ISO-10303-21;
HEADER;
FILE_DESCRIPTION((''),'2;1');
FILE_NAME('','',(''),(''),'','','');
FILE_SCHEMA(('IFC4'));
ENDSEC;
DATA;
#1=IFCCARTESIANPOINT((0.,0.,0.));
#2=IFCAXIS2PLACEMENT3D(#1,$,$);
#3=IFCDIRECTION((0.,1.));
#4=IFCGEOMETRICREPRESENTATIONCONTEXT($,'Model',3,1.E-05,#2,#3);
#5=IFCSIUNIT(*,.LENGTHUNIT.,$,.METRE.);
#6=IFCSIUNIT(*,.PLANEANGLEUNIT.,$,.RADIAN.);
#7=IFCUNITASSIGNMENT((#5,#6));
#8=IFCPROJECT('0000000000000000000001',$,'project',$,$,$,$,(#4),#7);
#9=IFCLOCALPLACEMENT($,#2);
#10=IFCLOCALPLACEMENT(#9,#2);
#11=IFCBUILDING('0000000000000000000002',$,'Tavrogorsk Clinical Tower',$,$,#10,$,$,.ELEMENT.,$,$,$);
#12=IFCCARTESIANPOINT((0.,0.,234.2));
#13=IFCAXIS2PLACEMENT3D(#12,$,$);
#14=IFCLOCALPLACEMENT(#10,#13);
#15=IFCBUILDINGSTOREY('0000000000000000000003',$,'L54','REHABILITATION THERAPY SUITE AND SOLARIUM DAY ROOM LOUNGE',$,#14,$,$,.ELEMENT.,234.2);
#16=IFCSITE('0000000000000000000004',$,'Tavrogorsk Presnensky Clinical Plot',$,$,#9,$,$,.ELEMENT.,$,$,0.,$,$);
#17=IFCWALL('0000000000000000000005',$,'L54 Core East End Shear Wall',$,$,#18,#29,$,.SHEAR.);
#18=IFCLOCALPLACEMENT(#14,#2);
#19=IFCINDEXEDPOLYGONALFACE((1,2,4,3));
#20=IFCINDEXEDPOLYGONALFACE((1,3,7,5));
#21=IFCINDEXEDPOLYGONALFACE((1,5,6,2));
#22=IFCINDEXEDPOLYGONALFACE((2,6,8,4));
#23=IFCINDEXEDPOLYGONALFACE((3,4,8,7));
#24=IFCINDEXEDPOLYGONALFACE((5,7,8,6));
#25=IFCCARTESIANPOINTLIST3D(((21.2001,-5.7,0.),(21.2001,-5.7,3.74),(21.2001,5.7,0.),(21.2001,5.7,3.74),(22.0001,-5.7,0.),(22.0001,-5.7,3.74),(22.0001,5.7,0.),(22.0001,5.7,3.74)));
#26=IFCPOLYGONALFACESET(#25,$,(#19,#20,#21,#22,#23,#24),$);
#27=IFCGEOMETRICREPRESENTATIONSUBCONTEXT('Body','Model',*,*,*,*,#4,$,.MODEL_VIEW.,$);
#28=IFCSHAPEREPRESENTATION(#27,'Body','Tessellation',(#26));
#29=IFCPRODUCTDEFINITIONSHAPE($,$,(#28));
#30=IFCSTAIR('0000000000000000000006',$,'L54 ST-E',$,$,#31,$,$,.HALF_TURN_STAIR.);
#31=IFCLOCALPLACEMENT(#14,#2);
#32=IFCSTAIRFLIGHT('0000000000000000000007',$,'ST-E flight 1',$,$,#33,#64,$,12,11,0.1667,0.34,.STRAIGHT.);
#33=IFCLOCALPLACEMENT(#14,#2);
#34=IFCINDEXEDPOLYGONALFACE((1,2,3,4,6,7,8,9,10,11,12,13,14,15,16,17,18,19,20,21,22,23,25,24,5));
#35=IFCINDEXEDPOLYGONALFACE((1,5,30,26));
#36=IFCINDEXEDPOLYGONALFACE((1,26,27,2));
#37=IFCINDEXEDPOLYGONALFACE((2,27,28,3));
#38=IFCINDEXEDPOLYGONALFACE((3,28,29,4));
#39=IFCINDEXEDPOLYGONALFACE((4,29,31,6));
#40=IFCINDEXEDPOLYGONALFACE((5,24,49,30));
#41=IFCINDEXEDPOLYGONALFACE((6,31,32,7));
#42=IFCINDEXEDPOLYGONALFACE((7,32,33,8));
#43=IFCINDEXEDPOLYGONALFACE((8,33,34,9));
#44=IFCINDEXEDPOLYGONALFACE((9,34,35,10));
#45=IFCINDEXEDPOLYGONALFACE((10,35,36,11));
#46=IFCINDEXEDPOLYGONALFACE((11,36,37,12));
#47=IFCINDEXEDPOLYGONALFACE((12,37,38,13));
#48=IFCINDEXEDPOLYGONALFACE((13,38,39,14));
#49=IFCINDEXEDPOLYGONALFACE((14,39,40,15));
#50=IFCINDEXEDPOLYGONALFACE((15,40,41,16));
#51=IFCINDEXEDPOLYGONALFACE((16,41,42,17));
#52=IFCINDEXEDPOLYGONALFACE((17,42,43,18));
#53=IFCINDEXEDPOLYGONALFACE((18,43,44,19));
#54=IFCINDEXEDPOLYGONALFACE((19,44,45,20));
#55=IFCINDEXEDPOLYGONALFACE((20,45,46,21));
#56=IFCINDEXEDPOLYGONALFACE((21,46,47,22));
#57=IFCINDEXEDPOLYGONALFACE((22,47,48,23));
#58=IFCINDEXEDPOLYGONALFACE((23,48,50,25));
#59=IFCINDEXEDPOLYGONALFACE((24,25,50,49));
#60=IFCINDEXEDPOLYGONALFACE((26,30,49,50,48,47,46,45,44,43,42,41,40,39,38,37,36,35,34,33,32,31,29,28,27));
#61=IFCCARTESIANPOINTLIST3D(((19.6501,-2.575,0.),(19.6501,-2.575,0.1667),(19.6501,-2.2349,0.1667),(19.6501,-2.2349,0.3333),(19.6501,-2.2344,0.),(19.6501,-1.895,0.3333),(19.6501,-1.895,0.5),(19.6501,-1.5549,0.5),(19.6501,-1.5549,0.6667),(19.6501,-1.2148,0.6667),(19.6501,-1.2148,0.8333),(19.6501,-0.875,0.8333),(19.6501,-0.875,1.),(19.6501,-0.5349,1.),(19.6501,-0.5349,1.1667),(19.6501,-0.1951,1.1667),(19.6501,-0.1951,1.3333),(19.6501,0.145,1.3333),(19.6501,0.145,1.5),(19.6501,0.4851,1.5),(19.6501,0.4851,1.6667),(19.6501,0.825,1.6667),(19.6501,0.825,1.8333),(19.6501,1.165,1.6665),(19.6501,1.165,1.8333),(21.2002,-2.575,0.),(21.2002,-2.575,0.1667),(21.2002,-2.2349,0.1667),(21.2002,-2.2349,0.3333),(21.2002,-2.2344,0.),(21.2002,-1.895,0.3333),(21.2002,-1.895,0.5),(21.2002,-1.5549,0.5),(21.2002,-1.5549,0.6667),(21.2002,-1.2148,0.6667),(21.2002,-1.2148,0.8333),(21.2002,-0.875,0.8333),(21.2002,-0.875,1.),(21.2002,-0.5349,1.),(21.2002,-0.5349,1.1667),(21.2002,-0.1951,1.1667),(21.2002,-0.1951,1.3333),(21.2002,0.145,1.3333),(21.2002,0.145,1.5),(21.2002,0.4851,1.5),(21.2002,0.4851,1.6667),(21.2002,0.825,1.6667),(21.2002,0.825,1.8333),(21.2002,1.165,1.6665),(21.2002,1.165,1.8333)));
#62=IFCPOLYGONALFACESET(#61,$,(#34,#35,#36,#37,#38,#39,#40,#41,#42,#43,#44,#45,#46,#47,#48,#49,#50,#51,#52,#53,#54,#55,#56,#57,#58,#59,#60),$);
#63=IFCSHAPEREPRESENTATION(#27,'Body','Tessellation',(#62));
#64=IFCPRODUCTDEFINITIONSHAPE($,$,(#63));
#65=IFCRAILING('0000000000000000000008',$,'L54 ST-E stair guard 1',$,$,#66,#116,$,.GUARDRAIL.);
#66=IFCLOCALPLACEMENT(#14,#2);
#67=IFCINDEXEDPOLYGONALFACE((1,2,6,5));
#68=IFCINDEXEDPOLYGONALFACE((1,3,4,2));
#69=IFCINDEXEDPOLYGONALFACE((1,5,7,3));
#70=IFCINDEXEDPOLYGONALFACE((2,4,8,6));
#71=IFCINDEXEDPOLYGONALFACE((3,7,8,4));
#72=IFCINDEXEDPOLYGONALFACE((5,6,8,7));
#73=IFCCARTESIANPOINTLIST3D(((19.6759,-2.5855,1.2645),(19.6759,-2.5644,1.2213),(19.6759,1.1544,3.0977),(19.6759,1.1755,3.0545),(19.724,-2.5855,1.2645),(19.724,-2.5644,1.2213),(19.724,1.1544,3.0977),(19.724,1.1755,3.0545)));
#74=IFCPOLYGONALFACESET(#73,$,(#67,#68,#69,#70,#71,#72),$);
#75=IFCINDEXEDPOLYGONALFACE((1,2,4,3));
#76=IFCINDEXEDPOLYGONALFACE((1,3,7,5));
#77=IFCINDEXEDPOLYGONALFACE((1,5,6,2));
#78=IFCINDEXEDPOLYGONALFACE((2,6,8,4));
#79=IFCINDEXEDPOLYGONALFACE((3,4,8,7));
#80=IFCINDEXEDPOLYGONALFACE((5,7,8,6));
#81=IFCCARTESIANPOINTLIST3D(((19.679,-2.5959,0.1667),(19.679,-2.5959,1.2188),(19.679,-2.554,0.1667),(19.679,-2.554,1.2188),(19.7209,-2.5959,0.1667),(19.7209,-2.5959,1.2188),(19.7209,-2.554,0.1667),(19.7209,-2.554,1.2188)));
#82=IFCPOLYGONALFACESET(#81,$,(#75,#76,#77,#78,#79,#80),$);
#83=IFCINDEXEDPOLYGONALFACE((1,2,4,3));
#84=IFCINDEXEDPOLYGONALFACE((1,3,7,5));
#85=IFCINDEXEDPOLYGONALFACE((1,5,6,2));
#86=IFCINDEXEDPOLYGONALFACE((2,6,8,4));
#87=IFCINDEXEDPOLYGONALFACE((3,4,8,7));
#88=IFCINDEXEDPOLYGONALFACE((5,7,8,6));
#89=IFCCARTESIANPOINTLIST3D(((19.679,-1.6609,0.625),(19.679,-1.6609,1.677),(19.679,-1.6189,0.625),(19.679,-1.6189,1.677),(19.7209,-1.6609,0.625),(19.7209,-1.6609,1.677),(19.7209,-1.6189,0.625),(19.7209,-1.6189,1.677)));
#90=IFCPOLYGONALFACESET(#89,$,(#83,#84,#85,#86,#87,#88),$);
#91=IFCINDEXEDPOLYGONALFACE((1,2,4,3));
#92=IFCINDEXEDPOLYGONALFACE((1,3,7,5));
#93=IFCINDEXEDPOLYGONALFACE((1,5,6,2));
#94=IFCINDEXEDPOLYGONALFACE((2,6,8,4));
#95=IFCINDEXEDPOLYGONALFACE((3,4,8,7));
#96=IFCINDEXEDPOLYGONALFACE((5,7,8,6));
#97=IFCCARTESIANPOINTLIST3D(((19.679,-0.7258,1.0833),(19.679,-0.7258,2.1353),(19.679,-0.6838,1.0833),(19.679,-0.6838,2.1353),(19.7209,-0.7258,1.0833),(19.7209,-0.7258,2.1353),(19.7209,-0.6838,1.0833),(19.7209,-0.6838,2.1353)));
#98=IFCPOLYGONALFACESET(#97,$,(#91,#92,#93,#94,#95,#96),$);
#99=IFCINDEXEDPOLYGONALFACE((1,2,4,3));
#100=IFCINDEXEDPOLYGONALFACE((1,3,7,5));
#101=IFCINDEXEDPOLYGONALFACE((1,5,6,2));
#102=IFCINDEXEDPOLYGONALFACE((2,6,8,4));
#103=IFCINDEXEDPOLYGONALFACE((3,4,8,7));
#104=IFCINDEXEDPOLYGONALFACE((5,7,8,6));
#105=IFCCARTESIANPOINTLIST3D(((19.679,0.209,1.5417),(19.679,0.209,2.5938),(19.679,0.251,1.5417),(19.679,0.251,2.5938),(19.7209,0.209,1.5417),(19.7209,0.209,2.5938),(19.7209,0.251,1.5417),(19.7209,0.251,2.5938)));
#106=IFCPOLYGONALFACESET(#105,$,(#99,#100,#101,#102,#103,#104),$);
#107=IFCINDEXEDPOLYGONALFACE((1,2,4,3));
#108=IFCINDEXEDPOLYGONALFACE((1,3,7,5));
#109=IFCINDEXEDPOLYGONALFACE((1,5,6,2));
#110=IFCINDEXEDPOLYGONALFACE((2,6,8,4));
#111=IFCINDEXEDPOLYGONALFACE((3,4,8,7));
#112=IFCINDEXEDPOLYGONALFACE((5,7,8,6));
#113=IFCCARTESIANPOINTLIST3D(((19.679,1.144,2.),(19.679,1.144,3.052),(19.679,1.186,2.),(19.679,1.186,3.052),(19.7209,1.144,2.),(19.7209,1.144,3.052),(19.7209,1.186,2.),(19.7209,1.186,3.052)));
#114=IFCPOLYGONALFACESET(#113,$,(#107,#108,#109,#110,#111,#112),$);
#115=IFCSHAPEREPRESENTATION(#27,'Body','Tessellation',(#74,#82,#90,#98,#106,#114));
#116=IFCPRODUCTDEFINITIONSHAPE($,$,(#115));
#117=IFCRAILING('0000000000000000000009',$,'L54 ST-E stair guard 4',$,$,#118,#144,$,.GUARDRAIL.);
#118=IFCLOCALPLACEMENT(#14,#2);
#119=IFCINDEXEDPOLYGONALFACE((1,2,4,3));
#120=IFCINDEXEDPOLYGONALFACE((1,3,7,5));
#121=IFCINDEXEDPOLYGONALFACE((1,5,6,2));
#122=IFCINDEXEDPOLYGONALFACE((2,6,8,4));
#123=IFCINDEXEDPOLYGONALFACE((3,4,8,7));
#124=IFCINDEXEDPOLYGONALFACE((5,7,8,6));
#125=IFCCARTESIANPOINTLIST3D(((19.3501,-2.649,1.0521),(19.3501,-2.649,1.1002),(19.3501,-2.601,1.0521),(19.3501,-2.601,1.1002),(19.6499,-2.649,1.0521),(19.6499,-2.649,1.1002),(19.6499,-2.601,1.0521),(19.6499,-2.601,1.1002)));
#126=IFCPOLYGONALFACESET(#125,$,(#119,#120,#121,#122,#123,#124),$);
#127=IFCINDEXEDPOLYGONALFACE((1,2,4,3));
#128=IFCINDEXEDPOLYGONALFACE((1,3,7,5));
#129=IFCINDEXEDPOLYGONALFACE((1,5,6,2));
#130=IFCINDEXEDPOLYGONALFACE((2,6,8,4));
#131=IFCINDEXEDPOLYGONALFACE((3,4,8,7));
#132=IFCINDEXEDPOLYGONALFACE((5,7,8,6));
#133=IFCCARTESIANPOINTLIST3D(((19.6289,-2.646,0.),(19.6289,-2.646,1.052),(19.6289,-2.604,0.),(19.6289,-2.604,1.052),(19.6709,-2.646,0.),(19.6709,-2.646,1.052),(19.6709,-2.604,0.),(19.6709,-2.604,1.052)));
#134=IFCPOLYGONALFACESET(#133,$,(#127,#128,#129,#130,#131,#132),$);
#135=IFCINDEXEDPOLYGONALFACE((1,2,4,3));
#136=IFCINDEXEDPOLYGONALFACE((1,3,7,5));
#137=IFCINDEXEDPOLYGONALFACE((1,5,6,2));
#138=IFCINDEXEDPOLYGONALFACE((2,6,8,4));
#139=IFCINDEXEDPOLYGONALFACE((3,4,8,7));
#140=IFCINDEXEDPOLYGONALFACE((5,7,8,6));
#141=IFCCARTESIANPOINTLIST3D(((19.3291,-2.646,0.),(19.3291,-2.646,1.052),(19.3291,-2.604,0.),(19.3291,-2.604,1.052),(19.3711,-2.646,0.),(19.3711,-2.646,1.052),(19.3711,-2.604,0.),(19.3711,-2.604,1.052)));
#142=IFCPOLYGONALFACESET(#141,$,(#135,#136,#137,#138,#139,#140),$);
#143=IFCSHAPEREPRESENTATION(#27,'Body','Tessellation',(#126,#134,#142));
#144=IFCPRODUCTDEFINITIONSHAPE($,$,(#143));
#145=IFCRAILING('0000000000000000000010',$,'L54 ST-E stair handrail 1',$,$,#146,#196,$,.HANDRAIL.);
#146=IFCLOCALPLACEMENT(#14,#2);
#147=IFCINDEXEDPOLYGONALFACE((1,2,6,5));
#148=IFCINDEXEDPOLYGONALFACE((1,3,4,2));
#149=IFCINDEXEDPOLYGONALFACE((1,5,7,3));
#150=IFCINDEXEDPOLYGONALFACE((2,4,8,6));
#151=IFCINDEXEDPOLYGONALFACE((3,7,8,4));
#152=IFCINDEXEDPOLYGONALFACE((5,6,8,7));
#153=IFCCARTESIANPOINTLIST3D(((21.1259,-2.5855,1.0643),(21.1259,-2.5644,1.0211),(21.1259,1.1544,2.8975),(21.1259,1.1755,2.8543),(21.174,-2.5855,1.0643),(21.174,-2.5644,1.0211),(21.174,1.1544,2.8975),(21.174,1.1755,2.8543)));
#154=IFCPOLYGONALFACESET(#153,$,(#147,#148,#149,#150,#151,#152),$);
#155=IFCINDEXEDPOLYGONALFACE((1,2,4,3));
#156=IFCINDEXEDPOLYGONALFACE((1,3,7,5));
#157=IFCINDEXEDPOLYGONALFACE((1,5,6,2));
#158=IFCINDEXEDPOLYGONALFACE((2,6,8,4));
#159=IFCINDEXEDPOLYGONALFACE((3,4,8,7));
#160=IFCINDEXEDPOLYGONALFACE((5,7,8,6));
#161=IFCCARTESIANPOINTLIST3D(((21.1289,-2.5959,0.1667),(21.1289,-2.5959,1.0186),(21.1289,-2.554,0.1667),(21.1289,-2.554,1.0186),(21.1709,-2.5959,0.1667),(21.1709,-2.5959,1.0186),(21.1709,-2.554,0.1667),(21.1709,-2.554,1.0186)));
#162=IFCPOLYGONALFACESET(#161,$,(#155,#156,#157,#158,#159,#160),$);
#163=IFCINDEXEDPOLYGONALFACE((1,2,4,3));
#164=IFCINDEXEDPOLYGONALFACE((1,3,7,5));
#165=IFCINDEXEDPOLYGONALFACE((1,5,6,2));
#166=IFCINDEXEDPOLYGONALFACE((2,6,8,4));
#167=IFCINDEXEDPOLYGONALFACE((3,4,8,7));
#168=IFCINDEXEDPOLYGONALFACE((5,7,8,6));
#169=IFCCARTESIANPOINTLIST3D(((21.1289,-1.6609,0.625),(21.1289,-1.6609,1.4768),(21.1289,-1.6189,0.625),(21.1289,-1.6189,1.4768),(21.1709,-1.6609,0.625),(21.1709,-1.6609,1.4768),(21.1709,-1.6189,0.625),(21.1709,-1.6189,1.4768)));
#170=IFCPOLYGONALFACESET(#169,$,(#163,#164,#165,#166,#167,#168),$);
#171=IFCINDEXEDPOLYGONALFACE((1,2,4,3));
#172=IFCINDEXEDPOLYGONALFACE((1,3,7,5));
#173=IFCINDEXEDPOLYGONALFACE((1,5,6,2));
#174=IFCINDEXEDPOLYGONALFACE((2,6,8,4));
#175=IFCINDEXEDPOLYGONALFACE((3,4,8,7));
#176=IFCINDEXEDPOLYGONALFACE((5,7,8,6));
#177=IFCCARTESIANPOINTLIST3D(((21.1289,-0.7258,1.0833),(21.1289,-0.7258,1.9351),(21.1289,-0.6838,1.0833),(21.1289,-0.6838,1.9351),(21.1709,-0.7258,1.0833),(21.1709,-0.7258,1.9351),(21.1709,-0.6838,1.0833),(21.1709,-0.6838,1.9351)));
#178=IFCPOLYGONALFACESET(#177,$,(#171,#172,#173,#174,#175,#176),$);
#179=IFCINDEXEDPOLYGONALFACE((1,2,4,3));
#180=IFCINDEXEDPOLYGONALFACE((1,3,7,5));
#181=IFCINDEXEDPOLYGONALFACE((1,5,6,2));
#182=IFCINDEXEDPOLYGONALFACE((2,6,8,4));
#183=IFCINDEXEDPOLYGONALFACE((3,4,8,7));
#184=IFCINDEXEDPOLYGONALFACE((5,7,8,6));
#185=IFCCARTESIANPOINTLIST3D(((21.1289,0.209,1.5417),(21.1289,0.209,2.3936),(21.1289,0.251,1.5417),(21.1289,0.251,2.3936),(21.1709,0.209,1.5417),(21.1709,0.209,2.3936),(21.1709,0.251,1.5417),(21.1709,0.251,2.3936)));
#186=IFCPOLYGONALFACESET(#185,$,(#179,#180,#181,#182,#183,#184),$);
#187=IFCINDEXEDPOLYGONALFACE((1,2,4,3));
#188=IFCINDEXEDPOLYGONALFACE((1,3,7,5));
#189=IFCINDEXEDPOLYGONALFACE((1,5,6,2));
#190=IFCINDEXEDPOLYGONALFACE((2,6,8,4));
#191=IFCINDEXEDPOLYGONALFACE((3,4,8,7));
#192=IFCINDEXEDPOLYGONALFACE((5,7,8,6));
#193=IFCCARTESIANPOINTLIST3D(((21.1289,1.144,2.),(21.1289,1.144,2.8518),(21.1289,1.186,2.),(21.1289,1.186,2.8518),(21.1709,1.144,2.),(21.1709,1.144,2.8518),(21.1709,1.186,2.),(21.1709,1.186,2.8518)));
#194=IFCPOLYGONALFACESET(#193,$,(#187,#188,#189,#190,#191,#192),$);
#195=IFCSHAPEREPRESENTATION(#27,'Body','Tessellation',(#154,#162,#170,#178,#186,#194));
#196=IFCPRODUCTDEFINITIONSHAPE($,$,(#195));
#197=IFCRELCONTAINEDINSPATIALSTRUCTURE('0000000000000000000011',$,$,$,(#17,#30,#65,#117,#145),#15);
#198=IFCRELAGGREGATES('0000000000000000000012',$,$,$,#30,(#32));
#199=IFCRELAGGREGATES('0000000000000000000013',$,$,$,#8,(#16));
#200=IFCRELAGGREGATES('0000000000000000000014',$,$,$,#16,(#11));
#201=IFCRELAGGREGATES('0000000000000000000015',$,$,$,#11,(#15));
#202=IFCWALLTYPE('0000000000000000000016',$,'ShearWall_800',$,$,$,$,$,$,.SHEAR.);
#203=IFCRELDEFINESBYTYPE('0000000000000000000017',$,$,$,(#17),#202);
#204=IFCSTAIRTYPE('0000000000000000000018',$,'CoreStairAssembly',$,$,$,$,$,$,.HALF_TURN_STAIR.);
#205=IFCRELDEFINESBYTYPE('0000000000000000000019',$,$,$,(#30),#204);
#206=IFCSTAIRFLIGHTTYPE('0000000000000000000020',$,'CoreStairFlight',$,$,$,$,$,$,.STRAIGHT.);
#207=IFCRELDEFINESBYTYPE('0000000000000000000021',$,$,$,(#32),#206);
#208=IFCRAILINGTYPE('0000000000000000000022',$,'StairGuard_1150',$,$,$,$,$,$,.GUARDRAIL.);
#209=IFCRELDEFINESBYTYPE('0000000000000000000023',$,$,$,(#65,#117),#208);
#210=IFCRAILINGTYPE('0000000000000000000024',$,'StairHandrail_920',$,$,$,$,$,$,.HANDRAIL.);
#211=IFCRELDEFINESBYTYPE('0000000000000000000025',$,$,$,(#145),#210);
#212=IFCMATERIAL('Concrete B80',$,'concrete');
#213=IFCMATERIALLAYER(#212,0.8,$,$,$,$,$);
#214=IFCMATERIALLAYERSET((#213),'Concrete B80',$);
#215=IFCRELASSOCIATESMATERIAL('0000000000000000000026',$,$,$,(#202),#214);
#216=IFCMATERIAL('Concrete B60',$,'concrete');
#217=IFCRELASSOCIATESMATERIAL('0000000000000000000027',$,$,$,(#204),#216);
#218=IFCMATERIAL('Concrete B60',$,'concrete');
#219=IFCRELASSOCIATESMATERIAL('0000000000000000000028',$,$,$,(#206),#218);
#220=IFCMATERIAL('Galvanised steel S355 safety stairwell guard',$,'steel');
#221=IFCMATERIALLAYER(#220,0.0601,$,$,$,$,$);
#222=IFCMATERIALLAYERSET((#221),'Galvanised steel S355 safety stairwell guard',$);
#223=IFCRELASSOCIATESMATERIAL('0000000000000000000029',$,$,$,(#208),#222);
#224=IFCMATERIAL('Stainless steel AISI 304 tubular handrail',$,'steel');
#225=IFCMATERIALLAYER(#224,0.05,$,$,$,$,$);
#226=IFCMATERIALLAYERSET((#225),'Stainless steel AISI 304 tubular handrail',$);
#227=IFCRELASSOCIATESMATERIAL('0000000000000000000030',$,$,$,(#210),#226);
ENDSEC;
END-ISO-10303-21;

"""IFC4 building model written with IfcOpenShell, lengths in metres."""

from ifc_helpers import new_model, si_unit, direction, frame, frame_2d, origin, origin_2d, place, context, subcontext, project, spatial, polyline, rectangle, outline, extrude, material, layer, layer_set, type_object, element, aggregate, save


model = new_model("IFC4")

# Units and contexts
model_context = context("Model", 3, precision=1e-05, world=origin(), true_north=direction((0.0, 1.0)))
body_context = subcontext(model_context, "Body", "Model", "MODEL_VIEW")
ifc_project = project(units=[si_unit("LENGTHUNIT", "METRE"), si_unit("PLANEANGLEUNIT", "RADIAN")], contexts=[model_context])

# Site, building, storey
site_placement = place(None, origin())
site = spatial("IfcSite", under=ifc_project, at=site_placement, Name="Tavrogorsk Presnensky Clinical Plot", CompositionType="ELEMENT", RefElevation=0.0)
building_placement = place(site_placement, origin())
building = spatial("IfcBuilding", under=site, at=building_placement, Name="Tavrogorsk Clinical Tower", CompositionType="ELEMENT")
storey_placement = place(building_placement, frame((0.0, 0.0, 234.2)))
storey = spatial("IfcBuildingStorey", under=building, at=storey_placement, Name="L54", Description="REHABILITATION THERAPY SUITE AND SOLARIUM DAY ROOM LOUNGE", CompositionType="ELEMENT", Elevation=234.2)

# Wall
ifc_material_1 = material(Name="Concrete B80", Category="concrete")
ifc_layer_1 = layer(ifc_material_1, 0.8)
ifc_layer_set_1 = layer_set([ifc_layer_1], Name="Concrete B80")
wall_type_1 = type_object("IfcWallType", Name="ShearWall_800", PredefinedType="SHEAR", material=ifc_layer_set_1)
wall_1_placement = place(storey_placement, frame((21.6001, -5.7, 0.0), z_axis=(0.0, 0.0, 1.0), x_axis=(0.0, 1.0, 0.0)))
element("IfcWall", 1, at=wall_1_placement, inside=storey, type_object=wall_type_1, Name="L54 Core East End Shear Wall", PredefinedType="SHEAR", context=body_context, shape_type="SweptSolid", body=[
    extrude(rectangle(XDim=11.3999, YDim=0.8, at=frame_2d((5.7, 0.0))), origin(), (0.0, 0.0, 1.0), 3.74),
])

# Stair, stair flight
ifc_material_2 = material(Name="Concrete B60", Category="concrete")
stair_type = type_object("IfcStairType", Name="CoreStairAssembly", PredefinedType="HALF_TURN_STAIR", material=ifc_material_2)
stair_placement = place(storey_placement, origin())
stair = element("IfcStair", 2, at=stair_placement, inside=storey, type_object=stair_type, Name="L54 ST-E", PredefinedType="HALF_TURN_STAIR")
ifc_material_3 = material(Name="Concrete B60", Category="concrete")
stair_flight_type = type_object("IfcStairFlightType", Name="CoreStairFlight", PredefinedType="STRAIGHT", material=ifc_material_3)
stair_flight_placement = place(storey_placement, frame((20.425, -2.575, 0.0), z_axis=(0.0, 0.0, 1.0), x_axis=(0.0, 1.0, 0.0)))
stair_flight = element("IfcStairFlight", 3, at=stair_flight_placement, type_object=stair_flight_type, Name="ST-E flight 1", NumberOfRisers=12, NumberOfTreads=11, PredefinedType="STRAIGHT", RiserHeight=0.1667, TreadLength=0.34, context=body_context, shape_type="SweptSolid", body=[
    extrude(outline(polyline([(0.0, 0.0), (0.0, 0.1667), (0.3401, 0.1667), (0.3401, 0.3333), (0.6799, 0.3333), (0.6799, 0.5), (1.02, 0.5), (1.02, 0.6667), (1.3601, 0.6667), (1.3601, 0.8333), (1.7, 0.8333), (1.7, 1.0), (2.04, 1.0), (2.04, 1.1667), (2.3799, 1.1667), (2.3799, 1.3333), (2.72, 1.3333), (2.72, 1.5), (3.0601, 1.5), (3.0601, 1.6667), (3.3999, 1.6667), (3.3999, 1.8333), (3.74, 1.8333), (3.74, 2.0), (3.74, 1.6665), (0.3406, 0.0), (0.0, 0.0)])), frame((0.0, 0.7749, 0.0), z_axis=(0.0, -1.0, 0.0), x_axis=(1.0, 0.0, 0.0)), (0.0, 0.0, 1.0), 1.55),
])
aggregate(stair, [stair_flight])

# Railings
ifc_material_4 = material(Name="Galvanised steel S355 safety stairwell guard", Category="steel")
ifc_layer_2 = layer(ifc_material_4, 0.0601)
ifc_layer_set_2 = layer_set([ifc_layer_2], Name="Galvanised steel S355 safety stairwell guard")
railing_type_1 = type_object("IfcRailingType", Name="StairGuard_1150", PredefinedType="GUARDRAIL", material=ifc_layer_set_2)
railing_1_placement = place(storey_placement, frame((19.7, -2.575, 0.1667)))
element("IfcRailing", 4, at=railing_1_placement, inside=storey, type_object=railing_type_1, Name="L54 ST-E stair guard 1", PredefinedType="GUARDRAIL", context=body_context, shape_type="SweptSolid", body=[
    extrude(rectangle(XDim=0.0481, YDim=0.0481, at=origin_2d()), frame((0.0, 0.0, 1.0762), z_axis=(0.0, 0.897928, 0.440142), x_axis=(-1.0, 0.0, 0.0)), (0.0, 0.0, 1.0), 4.165),
    extrude(rectangle(XDim=0.042, YDim=0.042, at=origin_2d()), origin(), (0.0, 0.0, 1.0), 1.052),
    extrude(rectangle(XDim=0.042, YDim=0.042, at=origin_2d()), frame((0.0, 0.9351, 0.4583)), (0.0, 0.0, 1.0), 1.052),
    extrude(rectangle(XDim=0.042, YDim=0.042, at=origin_2d()), frame((0.0, 1.8701, 0.9165)), (0.0, 0.0, 1.0), 1.052),
    extrude(rectangle(XDim=0.042, YDim=0.042, at=origin_2d()), frame((0.0, 2.8049, 1.375)), (0.0, 0.0, 1.0), 1.052),
    extrude(rectangle(XDim=0.042, YDim=0.042, at=origin_2d()), frame((0.0, 3.74, 1.8333)), (0.0, 0.0, 1.0), 1.052),
])
railing_2_placement = place(storey_placement, frame((19.6499, -2.625, 0.0)))
element("IfcRailing", 5, at=railing_2_placement, inside=storey, type_object=railing_type_1, Name="L54 ST-E stair guard 4", PredefinedType="GUARDRAIL", context=body_context, shape_type="SweptSolid", body=[
    extrude(rectangle(XDim=0.0481, YDim=0.0481, at=origin_2d()), frame((0.0, 0.0, 1.0762), z_axis=(-1.0, 0.0, 0.0), x_axis=(0.0, -1.0, 0.0)), (0.0, 0.0, 1.0), 0.2998),
    extrude(rectangle(XDim=0.042, YDim=0.042, at=origin_2d()), origin(), (0.0, 0.0, 1.0), 1.052),
    extrude(rectangle(XDim=0.042, YDim=0.042, at=origin_2d()), frame((-0.2998, 0.0, 0.0)), (0.0, 0.0, 1.0), 1.052),
])
ifc_material_5 = material(Name="Stainless steel AISI 304 tubular handrail", Category="steel")
ifc_layer_3 = layer(ifc_material_5, 0.05)
ifc_layer_set_3 = layer_set([ifc_layer_3], Name="Stainless steel AISI 304 tubular handrail")
railing_type_2 = type_object("IfcRailingType", Name="StairHandrail_920", PredefinedType="HANDRAIL", material=ifc_layer_set_3)
railing_3_placement = place(storey_placement, frame((21.1499, -2.575, 0.1667)))
element("IfcRailing", 6, at=railing_3_placement, inside=storey, type_object=railing_type_2, Name="L54 ST-E stair handrail 1", PredefinedType="HANDRAIL", context=body_context, shape_type="SweptSolid", body=[
    extrude(rectangle(XDim=0.0481, YDim=0.0481, at=origin_2d()), frame((0.0, 0.0, 0.876), z_axis=(0.0, 0.897928, 0.440142), x_axis=(-1.0, 0.0, 0.0)), (0.0, 0.0, 1.0), 4.165),
    extrude(rectangle(XDim=0.042, YDim=0.042, at=origin_2d()), origin(), (0.0, 0.0, 1.0), 0.8518),
    extrude(rectangle(XDim=0.042, YDim=0.042, at=origin_2d()), frame((0.0, 0.9351, 0.4583)), (0.0, 0.0, 1.0), 0.8518),
    extrude(rectangle(XDim=0.042, YDim=0.042, at=origin_2d()), frame((0.0, 1.8701, 0.9165)), (0.0, 0.0, 1.0), 0.8518),
    extrude(rectangle(XDim=0.042, YDim=0.042, at=origin_2d()), frame((0.0, 2.8049, 1.375)), (0.0, 0.0, 1.0), 0.8518),
    extrude(rectangle(XDim=0.042, YDim=0.042, at=origin_2d()), frame((0.0, 3.74, 1.8333)), (0.0, 0.0, 1.0), 0.8518),
])

save(model, "model.ifc")
